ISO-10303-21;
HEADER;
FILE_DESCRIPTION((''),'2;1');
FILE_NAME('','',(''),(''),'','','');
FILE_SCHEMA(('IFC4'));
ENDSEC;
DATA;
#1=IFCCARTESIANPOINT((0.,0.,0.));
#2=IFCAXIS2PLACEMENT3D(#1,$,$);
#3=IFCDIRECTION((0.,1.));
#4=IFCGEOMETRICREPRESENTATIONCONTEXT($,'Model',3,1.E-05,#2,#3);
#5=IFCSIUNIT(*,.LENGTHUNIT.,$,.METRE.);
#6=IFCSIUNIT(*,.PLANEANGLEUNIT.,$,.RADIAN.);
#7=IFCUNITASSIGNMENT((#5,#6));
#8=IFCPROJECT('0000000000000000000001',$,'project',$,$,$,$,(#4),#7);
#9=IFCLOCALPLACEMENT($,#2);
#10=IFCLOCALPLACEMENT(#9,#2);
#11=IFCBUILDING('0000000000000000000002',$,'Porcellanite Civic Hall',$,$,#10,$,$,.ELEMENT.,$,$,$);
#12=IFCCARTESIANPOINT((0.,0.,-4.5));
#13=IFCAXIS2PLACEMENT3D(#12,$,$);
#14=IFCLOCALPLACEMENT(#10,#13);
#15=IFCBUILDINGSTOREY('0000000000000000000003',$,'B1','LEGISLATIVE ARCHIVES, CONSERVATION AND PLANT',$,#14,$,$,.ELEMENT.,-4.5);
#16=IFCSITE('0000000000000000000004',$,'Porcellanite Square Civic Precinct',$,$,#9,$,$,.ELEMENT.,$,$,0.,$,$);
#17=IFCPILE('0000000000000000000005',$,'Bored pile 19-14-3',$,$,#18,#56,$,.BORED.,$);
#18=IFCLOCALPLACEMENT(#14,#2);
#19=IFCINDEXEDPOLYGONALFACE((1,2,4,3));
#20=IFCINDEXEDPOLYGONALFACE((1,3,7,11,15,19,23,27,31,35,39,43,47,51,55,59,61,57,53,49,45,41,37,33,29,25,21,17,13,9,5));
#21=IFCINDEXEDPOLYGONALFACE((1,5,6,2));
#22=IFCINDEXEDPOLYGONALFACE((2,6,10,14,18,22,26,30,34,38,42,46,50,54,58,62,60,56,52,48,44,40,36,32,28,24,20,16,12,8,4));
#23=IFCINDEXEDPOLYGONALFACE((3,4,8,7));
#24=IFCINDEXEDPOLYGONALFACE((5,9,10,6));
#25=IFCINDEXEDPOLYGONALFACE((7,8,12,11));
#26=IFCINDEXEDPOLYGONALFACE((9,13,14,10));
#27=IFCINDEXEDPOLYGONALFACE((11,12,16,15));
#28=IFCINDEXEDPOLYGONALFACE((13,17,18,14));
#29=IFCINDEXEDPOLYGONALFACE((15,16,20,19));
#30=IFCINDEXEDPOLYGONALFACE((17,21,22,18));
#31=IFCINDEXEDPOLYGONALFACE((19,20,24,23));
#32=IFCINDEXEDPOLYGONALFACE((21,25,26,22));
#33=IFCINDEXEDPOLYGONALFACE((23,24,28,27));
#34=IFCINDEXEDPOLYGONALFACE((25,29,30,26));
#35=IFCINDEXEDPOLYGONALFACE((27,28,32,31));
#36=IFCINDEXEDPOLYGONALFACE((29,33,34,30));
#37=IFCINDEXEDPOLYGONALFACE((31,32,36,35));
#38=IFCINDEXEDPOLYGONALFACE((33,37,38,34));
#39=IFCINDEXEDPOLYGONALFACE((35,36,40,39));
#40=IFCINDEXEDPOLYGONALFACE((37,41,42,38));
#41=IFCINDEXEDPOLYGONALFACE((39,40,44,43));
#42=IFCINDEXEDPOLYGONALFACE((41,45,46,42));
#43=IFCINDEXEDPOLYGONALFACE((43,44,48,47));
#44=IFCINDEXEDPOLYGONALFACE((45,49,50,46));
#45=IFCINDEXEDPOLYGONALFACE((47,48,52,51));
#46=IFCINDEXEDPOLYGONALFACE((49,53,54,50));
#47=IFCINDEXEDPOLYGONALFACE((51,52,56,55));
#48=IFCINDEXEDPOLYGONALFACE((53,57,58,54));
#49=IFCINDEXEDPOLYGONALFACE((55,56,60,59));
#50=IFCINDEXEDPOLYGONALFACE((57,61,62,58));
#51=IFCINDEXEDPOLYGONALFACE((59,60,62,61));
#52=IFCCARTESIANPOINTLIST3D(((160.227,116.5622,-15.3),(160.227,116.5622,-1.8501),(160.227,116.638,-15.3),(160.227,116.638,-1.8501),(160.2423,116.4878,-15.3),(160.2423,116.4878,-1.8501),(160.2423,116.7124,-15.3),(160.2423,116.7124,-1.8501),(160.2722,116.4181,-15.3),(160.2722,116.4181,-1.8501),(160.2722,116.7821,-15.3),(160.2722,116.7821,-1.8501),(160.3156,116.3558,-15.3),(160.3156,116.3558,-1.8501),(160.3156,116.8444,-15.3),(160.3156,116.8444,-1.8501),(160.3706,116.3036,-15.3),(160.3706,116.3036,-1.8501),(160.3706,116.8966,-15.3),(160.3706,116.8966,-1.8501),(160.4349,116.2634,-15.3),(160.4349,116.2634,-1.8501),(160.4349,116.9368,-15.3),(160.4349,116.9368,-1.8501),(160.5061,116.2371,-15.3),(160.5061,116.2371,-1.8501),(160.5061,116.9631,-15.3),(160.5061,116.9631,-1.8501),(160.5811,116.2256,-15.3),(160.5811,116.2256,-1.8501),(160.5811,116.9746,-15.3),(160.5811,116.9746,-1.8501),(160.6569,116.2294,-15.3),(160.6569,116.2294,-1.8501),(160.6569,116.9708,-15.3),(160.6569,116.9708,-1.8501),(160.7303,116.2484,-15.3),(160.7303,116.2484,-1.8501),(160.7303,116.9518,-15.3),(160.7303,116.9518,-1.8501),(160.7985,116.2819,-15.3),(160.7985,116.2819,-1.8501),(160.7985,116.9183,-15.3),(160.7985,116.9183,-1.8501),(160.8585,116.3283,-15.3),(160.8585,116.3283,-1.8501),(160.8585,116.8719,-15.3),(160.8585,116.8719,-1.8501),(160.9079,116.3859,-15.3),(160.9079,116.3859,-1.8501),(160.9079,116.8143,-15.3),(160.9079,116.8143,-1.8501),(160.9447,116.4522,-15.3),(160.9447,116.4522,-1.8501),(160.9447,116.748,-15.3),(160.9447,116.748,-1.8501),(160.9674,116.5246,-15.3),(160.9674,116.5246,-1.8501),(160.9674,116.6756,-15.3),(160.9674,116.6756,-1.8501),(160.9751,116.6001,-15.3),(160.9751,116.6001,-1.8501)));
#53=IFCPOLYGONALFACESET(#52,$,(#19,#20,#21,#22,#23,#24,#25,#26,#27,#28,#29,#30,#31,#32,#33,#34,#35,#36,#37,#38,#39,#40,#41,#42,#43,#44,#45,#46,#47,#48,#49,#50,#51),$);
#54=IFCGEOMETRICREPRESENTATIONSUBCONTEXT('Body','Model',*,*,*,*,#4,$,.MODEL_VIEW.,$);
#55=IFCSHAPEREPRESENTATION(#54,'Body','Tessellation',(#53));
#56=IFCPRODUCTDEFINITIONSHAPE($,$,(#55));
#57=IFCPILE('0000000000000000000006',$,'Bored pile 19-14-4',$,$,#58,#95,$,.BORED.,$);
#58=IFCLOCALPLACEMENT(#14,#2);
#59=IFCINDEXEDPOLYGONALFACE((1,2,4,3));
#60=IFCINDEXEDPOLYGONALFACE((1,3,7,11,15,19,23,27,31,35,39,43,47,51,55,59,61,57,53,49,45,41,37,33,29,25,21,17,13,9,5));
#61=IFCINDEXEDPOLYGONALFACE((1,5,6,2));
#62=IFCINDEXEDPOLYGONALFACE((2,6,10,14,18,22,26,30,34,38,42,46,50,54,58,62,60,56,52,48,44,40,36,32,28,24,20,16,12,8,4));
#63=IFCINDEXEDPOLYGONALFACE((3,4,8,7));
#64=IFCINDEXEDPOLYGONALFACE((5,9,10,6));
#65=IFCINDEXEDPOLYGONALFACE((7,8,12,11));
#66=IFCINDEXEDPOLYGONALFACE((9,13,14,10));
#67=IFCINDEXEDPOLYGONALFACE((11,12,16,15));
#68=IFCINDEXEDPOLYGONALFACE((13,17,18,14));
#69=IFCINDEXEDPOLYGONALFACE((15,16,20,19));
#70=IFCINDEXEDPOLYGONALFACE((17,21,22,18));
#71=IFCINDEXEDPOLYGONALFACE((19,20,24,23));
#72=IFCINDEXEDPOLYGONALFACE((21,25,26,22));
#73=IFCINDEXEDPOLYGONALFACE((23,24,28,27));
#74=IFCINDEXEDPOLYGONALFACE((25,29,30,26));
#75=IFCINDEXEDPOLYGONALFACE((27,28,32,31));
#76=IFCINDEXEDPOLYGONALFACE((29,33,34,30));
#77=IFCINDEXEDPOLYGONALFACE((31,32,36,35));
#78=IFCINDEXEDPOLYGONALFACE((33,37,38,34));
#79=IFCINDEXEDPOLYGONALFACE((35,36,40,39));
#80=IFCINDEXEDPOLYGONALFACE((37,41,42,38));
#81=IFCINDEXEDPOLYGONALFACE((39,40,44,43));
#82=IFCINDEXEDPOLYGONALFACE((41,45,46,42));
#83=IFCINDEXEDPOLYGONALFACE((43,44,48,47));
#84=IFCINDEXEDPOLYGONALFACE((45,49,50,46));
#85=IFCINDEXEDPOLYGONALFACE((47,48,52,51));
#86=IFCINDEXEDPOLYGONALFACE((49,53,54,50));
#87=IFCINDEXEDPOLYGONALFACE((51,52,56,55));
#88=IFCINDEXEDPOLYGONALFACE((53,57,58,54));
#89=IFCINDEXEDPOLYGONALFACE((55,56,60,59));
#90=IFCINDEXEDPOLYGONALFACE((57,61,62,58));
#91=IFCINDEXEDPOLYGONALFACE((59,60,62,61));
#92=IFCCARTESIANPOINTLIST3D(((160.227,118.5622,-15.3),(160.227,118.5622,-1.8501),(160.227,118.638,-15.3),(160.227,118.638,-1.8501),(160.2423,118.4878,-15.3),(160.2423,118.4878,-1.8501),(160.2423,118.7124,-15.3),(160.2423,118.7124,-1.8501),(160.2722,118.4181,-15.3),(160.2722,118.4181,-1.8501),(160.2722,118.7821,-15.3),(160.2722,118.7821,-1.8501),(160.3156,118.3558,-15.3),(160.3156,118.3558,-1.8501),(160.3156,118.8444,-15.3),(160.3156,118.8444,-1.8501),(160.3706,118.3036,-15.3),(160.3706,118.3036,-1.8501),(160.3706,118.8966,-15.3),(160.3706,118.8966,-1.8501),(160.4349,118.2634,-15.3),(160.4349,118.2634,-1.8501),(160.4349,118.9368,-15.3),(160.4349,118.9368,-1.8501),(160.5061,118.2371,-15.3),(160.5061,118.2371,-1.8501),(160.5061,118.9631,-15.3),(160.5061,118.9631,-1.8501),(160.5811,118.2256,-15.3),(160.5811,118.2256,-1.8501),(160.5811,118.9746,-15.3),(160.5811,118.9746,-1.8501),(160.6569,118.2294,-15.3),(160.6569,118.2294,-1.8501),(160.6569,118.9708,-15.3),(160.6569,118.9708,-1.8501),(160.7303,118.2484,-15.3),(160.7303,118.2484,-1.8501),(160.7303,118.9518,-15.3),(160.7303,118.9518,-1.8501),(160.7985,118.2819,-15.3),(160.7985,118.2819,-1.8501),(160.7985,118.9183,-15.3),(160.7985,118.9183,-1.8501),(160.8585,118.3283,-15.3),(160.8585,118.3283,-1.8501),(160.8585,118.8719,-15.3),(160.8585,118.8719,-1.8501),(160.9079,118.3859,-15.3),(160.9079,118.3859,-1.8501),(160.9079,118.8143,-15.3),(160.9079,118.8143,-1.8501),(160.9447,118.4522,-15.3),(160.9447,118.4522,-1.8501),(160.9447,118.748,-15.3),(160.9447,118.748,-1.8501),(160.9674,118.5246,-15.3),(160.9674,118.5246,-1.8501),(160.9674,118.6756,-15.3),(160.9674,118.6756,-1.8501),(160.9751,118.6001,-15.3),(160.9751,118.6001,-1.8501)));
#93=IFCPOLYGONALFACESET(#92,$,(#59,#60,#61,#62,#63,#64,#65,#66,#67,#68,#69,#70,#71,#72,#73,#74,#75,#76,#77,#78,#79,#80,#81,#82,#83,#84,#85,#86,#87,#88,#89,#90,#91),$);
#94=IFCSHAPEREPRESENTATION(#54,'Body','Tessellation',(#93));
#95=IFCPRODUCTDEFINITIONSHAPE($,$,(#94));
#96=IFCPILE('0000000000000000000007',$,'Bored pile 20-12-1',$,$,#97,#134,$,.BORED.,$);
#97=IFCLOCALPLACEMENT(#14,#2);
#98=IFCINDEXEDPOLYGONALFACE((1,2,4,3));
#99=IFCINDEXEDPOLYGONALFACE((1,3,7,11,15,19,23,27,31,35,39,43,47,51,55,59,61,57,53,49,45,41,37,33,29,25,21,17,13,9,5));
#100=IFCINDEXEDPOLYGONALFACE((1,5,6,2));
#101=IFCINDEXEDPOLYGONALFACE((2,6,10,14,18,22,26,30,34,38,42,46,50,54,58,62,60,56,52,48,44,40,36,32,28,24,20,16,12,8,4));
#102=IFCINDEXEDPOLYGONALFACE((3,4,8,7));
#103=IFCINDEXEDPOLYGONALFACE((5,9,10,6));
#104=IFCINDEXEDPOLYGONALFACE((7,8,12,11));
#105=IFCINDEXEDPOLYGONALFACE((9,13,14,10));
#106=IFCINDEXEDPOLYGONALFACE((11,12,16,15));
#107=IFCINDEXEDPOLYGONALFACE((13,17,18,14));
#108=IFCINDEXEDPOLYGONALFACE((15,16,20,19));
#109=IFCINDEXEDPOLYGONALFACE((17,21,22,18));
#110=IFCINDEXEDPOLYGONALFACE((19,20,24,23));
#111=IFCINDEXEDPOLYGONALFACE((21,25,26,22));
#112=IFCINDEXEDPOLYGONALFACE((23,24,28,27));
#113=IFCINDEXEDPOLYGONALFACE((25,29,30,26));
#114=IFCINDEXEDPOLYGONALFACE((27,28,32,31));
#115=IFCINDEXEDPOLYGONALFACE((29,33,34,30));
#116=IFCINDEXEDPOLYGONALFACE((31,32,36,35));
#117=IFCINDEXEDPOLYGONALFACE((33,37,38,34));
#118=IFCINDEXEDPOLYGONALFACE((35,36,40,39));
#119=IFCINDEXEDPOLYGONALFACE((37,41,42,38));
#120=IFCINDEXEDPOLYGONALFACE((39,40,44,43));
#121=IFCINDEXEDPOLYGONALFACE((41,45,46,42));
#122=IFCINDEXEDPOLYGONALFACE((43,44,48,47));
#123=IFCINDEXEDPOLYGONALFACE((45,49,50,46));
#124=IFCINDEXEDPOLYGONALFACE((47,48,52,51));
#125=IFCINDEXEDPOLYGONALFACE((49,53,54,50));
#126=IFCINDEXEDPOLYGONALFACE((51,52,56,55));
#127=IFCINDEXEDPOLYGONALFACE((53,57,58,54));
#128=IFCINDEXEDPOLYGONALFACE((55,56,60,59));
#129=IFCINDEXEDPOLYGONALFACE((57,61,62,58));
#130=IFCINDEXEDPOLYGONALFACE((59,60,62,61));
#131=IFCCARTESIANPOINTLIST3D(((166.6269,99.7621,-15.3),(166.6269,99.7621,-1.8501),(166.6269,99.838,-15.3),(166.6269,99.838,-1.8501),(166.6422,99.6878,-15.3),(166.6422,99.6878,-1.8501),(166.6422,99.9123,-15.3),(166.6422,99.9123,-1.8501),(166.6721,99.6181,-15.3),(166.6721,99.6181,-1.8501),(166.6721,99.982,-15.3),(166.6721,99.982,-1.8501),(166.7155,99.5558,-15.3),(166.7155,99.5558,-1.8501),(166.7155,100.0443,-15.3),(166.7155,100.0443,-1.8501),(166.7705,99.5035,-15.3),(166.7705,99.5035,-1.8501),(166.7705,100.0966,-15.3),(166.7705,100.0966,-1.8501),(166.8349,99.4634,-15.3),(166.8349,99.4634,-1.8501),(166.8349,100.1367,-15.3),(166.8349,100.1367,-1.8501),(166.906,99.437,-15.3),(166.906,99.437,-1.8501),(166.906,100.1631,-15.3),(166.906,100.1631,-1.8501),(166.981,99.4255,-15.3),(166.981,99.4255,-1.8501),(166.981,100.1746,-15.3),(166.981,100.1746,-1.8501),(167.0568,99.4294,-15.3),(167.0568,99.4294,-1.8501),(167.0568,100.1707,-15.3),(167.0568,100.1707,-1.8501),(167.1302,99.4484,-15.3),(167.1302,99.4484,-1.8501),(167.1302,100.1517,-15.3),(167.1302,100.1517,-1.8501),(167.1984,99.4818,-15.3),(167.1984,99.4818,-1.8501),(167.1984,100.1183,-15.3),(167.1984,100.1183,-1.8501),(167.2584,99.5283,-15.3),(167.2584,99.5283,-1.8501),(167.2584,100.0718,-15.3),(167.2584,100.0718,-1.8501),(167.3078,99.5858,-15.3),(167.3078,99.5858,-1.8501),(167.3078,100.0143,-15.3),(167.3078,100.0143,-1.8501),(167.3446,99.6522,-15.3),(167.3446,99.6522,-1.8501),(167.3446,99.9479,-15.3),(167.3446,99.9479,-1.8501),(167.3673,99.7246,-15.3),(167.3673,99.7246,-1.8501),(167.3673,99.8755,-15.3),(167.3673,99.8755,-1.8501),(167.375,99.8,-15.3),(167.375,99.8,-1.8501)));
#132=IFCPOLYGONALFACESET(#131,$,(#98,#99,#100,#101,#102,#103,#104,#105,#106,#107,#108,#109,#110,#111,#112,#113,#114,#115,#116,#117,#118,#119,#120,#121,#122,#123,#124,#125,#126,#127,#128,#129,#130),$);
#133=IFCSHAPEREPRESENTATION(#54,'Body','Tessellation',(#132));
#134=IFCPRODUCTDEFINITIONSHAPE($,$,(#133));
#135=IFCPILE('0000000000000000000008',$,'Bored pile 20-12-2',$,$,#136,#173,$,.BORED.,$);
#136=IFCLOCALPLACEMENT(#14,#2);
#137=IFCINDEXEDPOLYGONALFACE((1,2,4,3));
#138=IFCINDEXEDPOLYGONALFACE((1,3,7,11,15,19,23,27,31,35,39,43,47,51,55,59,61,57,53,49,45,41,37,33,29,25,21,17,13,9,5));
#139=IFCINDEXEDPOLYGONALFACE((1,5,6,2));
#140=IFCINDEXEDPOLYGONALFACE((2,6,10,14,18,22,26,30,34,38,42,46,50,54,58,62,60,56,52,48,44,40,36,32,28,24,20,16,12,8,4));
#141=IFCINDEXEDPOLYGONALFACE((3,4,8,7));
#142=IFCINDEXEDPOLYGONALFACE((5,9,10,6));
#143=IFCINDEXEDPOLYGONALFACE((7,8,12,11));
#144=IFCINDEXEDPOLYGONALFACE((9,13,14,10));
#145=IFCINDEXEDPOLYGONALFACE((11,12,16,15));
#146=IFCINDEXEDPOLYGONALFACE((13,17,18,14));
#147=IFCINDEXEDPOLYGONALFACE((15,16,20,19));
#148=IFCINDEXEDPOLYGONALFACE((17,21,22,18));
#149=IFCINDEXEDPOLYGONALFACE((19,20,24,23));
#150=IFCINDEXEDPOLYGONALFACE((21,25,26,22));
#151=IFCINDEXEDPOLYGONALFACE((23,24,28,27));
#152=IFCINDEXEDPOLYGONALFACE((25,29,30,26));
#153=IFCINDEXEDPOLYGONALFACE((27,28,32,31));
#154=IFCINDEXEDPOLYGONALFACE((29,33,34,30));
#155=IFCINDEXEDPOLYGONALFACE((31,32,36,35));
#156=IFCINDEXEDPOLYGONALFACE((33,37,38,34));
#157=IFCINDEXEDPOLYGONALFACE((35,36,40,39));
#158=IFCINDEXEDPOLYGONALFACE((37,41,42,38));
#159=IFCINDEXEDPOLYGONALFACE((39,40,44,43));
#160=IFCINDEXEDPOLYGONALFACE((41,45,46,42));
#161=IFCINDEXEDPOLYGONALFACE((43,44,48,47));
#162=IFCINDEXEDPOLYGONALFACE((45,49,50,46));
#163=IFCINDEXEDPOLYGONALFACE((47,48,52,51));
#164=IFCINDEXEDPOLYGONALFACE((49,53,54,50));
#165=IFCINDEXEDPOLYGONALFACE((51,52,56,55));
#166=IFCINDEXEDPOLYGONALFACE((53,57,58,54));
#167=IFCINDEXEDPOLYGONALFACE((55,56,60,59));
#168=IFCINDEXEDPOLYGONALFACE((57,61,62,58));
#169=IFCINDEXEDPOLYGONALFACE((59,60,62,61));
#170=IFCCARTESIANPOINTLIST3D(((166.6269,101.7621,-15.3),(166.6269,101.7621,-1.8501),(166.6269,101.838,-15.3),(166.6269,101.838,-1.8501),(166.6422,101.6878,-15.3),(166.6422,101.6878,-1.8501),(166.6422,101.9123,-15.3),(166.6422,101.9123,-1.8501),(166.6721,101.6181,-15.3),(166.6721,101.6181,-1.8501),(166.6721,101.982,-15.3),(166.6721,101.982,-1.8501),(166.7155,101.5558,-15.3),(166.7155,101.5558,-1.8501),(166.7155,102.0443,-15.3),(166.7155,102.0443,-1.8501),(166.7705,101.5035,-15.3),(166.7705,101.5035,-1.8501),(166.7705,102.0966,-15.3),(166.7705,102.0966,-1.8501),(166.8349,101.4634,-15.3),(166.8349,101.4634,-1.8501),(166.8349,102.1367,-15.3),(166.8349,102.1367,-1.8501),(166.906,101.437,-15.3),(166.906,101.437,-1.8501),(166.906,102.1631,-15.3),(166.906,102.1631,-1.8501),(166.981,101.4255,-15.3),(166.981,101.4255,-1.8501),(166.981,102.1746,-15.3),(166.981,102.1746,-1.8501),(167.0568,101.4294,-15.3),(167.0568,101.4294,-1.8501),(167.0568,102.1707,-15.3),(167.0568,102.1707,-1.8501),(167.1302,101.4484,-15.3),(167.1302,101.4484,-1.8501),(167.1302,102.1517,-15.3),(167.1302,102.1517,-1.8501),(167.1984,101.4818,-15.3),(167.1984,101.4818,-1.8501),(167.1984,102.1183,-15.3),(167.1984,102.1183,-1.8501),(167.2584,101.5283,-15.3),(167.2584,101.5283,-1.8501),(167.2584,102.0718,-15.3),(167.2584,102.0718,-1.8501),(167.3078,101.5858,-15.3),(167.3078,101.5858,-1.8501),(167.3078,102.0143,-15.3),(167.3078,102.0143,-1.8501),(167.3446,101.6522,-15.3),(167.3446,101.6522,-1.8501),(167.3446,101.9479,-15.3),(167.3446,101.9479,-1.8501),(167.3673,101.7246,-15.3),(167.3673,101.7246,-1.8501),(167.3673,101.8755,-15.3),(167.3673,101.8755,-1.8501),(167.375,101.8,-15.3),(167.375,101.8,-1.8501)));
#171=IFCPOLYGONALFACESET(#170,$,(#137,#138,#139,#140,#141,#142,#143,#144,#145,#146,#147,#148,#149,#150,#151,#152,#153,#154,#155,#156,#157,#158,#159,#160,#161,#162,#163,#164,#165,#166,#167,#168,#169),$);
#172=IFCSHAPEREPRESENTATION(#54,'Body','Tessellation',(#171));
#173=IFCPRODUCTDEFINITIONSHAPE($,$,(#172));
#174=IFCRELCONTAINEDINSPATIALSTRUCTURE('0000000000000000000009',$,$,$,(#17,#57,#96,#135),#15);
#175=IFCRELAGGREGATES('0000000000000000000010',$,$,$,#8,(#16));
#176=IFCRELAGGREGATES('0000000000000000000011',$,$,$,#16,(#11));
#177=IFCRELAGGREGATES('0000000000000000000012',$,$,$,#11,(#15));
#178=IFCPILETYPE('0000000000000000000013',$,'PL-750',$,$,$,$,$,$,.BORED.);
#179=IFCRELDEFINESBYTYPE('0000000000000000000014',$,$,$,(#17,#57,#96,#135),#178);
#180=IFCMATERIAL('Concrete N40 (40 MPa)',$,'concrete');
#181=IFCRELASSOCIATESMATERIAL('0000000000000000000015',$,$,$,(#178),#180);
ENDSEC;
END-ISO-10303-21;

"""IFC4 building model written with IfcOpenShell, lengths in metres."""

from ifc_helpers import new_model, si_unit, direction, frame, origin, origin_2d, place, context, subcontext, project, spatial, circle, extrude, material, material_profile, profile_set, type_object, element, save


model = new_model("IFC4")

# Units and contexts
model_context = context("Model", 3, precision=1e-05, world=origin(), true_north=direction((0.0, 1.0)))
body_context = subcontext(model_context, "Body", "Model", "MODEL_VIEW")
ifc_project = project(units=[si_unit("LENGTHUNIT", "METRE"), si_unit("PLANEANGLEUNIT", "RADIAN")], contexts=[model_context])

# Site, building, storey
site_placement = place(None, origin())
site = spatial("IfcSite", under=ifc_project, at=site_placement, Name="Porcellanite Square Civic Precinct", CompositionType="ELEMENT", RefElevation=0.0)
building_placement = place(site_placement, origin())
building = spatial("IfcBuilding", under=site, at=building_placement, Name="Porcellanite Civic Hall", CompositionType="ELEMENT")
storey_placement = place(building_placement, frame((0.0, 0.0, -4.5)))
storey = spatial("IfcBuildingStorey", under=building, at=storey_placement, Name="B1", Description="LEGISLATIVE ARCHIVES, CONSERVATION AND PLANT", CompositionType="ELEMENT", Elevation=-4.5)

# Piles
ifc_material_1 = material(Name="Concrete N40 (40 MPa)", Category="concrete")
ifc_material_profile_1 = material_profile(ifc_material_1, circle(Radius=0.375, at=origin_2d()), Name="PILE-D750")
ifc_profile_set_1 = profile_set([ifc_material_profile_1], Name="Concrete N40 (40 MPa)")
pile_type_1 = type_object("IfcPileType", Name="PL-750", PredefinedType="BORED", material=ifc_profile_set_1)
for number, where, z_axis, x_axis, name in (
    (1, (160.6001, 116.6001, -1.8501), (0.0, 0.0, -1.0), (1.0, 0.0, 0.0), "Bored pile 19-14-3"),
    (2, (160.6001, 118.6001, -1.8501), (0.0, 0.0, -1.0), (1.0, 0.0, 0.0), "Bored pile 19-14-4"),
    (3, (167.0, 99.8, -1.8501), (0.0, 0.0, -1.0), (1.0, 0.0, 0.0), "Bored pile 20-12-1"),
    (4, (167.0, 101.8, -1.8501), (0.0, 0.0, -1.0), (1.0, 0.0, 0.0), "Bored pile 20-12-2"),
):
    element("IfcPile", number, at=place(storey_placement, frame(where, z_axis=z_axis, x_axis=x_axis)), inside=storey, type_object=pile_type_1, Name=name, PredefinedType="BORED", context=body_context, shape_type="SweptSolid", body=[
        extrude(circle(Radius=0.375, at=origin_2d()), origin(), (0.0, 0.0, 1.0), 13.45),
    ])

save(model, "model.ifc")
